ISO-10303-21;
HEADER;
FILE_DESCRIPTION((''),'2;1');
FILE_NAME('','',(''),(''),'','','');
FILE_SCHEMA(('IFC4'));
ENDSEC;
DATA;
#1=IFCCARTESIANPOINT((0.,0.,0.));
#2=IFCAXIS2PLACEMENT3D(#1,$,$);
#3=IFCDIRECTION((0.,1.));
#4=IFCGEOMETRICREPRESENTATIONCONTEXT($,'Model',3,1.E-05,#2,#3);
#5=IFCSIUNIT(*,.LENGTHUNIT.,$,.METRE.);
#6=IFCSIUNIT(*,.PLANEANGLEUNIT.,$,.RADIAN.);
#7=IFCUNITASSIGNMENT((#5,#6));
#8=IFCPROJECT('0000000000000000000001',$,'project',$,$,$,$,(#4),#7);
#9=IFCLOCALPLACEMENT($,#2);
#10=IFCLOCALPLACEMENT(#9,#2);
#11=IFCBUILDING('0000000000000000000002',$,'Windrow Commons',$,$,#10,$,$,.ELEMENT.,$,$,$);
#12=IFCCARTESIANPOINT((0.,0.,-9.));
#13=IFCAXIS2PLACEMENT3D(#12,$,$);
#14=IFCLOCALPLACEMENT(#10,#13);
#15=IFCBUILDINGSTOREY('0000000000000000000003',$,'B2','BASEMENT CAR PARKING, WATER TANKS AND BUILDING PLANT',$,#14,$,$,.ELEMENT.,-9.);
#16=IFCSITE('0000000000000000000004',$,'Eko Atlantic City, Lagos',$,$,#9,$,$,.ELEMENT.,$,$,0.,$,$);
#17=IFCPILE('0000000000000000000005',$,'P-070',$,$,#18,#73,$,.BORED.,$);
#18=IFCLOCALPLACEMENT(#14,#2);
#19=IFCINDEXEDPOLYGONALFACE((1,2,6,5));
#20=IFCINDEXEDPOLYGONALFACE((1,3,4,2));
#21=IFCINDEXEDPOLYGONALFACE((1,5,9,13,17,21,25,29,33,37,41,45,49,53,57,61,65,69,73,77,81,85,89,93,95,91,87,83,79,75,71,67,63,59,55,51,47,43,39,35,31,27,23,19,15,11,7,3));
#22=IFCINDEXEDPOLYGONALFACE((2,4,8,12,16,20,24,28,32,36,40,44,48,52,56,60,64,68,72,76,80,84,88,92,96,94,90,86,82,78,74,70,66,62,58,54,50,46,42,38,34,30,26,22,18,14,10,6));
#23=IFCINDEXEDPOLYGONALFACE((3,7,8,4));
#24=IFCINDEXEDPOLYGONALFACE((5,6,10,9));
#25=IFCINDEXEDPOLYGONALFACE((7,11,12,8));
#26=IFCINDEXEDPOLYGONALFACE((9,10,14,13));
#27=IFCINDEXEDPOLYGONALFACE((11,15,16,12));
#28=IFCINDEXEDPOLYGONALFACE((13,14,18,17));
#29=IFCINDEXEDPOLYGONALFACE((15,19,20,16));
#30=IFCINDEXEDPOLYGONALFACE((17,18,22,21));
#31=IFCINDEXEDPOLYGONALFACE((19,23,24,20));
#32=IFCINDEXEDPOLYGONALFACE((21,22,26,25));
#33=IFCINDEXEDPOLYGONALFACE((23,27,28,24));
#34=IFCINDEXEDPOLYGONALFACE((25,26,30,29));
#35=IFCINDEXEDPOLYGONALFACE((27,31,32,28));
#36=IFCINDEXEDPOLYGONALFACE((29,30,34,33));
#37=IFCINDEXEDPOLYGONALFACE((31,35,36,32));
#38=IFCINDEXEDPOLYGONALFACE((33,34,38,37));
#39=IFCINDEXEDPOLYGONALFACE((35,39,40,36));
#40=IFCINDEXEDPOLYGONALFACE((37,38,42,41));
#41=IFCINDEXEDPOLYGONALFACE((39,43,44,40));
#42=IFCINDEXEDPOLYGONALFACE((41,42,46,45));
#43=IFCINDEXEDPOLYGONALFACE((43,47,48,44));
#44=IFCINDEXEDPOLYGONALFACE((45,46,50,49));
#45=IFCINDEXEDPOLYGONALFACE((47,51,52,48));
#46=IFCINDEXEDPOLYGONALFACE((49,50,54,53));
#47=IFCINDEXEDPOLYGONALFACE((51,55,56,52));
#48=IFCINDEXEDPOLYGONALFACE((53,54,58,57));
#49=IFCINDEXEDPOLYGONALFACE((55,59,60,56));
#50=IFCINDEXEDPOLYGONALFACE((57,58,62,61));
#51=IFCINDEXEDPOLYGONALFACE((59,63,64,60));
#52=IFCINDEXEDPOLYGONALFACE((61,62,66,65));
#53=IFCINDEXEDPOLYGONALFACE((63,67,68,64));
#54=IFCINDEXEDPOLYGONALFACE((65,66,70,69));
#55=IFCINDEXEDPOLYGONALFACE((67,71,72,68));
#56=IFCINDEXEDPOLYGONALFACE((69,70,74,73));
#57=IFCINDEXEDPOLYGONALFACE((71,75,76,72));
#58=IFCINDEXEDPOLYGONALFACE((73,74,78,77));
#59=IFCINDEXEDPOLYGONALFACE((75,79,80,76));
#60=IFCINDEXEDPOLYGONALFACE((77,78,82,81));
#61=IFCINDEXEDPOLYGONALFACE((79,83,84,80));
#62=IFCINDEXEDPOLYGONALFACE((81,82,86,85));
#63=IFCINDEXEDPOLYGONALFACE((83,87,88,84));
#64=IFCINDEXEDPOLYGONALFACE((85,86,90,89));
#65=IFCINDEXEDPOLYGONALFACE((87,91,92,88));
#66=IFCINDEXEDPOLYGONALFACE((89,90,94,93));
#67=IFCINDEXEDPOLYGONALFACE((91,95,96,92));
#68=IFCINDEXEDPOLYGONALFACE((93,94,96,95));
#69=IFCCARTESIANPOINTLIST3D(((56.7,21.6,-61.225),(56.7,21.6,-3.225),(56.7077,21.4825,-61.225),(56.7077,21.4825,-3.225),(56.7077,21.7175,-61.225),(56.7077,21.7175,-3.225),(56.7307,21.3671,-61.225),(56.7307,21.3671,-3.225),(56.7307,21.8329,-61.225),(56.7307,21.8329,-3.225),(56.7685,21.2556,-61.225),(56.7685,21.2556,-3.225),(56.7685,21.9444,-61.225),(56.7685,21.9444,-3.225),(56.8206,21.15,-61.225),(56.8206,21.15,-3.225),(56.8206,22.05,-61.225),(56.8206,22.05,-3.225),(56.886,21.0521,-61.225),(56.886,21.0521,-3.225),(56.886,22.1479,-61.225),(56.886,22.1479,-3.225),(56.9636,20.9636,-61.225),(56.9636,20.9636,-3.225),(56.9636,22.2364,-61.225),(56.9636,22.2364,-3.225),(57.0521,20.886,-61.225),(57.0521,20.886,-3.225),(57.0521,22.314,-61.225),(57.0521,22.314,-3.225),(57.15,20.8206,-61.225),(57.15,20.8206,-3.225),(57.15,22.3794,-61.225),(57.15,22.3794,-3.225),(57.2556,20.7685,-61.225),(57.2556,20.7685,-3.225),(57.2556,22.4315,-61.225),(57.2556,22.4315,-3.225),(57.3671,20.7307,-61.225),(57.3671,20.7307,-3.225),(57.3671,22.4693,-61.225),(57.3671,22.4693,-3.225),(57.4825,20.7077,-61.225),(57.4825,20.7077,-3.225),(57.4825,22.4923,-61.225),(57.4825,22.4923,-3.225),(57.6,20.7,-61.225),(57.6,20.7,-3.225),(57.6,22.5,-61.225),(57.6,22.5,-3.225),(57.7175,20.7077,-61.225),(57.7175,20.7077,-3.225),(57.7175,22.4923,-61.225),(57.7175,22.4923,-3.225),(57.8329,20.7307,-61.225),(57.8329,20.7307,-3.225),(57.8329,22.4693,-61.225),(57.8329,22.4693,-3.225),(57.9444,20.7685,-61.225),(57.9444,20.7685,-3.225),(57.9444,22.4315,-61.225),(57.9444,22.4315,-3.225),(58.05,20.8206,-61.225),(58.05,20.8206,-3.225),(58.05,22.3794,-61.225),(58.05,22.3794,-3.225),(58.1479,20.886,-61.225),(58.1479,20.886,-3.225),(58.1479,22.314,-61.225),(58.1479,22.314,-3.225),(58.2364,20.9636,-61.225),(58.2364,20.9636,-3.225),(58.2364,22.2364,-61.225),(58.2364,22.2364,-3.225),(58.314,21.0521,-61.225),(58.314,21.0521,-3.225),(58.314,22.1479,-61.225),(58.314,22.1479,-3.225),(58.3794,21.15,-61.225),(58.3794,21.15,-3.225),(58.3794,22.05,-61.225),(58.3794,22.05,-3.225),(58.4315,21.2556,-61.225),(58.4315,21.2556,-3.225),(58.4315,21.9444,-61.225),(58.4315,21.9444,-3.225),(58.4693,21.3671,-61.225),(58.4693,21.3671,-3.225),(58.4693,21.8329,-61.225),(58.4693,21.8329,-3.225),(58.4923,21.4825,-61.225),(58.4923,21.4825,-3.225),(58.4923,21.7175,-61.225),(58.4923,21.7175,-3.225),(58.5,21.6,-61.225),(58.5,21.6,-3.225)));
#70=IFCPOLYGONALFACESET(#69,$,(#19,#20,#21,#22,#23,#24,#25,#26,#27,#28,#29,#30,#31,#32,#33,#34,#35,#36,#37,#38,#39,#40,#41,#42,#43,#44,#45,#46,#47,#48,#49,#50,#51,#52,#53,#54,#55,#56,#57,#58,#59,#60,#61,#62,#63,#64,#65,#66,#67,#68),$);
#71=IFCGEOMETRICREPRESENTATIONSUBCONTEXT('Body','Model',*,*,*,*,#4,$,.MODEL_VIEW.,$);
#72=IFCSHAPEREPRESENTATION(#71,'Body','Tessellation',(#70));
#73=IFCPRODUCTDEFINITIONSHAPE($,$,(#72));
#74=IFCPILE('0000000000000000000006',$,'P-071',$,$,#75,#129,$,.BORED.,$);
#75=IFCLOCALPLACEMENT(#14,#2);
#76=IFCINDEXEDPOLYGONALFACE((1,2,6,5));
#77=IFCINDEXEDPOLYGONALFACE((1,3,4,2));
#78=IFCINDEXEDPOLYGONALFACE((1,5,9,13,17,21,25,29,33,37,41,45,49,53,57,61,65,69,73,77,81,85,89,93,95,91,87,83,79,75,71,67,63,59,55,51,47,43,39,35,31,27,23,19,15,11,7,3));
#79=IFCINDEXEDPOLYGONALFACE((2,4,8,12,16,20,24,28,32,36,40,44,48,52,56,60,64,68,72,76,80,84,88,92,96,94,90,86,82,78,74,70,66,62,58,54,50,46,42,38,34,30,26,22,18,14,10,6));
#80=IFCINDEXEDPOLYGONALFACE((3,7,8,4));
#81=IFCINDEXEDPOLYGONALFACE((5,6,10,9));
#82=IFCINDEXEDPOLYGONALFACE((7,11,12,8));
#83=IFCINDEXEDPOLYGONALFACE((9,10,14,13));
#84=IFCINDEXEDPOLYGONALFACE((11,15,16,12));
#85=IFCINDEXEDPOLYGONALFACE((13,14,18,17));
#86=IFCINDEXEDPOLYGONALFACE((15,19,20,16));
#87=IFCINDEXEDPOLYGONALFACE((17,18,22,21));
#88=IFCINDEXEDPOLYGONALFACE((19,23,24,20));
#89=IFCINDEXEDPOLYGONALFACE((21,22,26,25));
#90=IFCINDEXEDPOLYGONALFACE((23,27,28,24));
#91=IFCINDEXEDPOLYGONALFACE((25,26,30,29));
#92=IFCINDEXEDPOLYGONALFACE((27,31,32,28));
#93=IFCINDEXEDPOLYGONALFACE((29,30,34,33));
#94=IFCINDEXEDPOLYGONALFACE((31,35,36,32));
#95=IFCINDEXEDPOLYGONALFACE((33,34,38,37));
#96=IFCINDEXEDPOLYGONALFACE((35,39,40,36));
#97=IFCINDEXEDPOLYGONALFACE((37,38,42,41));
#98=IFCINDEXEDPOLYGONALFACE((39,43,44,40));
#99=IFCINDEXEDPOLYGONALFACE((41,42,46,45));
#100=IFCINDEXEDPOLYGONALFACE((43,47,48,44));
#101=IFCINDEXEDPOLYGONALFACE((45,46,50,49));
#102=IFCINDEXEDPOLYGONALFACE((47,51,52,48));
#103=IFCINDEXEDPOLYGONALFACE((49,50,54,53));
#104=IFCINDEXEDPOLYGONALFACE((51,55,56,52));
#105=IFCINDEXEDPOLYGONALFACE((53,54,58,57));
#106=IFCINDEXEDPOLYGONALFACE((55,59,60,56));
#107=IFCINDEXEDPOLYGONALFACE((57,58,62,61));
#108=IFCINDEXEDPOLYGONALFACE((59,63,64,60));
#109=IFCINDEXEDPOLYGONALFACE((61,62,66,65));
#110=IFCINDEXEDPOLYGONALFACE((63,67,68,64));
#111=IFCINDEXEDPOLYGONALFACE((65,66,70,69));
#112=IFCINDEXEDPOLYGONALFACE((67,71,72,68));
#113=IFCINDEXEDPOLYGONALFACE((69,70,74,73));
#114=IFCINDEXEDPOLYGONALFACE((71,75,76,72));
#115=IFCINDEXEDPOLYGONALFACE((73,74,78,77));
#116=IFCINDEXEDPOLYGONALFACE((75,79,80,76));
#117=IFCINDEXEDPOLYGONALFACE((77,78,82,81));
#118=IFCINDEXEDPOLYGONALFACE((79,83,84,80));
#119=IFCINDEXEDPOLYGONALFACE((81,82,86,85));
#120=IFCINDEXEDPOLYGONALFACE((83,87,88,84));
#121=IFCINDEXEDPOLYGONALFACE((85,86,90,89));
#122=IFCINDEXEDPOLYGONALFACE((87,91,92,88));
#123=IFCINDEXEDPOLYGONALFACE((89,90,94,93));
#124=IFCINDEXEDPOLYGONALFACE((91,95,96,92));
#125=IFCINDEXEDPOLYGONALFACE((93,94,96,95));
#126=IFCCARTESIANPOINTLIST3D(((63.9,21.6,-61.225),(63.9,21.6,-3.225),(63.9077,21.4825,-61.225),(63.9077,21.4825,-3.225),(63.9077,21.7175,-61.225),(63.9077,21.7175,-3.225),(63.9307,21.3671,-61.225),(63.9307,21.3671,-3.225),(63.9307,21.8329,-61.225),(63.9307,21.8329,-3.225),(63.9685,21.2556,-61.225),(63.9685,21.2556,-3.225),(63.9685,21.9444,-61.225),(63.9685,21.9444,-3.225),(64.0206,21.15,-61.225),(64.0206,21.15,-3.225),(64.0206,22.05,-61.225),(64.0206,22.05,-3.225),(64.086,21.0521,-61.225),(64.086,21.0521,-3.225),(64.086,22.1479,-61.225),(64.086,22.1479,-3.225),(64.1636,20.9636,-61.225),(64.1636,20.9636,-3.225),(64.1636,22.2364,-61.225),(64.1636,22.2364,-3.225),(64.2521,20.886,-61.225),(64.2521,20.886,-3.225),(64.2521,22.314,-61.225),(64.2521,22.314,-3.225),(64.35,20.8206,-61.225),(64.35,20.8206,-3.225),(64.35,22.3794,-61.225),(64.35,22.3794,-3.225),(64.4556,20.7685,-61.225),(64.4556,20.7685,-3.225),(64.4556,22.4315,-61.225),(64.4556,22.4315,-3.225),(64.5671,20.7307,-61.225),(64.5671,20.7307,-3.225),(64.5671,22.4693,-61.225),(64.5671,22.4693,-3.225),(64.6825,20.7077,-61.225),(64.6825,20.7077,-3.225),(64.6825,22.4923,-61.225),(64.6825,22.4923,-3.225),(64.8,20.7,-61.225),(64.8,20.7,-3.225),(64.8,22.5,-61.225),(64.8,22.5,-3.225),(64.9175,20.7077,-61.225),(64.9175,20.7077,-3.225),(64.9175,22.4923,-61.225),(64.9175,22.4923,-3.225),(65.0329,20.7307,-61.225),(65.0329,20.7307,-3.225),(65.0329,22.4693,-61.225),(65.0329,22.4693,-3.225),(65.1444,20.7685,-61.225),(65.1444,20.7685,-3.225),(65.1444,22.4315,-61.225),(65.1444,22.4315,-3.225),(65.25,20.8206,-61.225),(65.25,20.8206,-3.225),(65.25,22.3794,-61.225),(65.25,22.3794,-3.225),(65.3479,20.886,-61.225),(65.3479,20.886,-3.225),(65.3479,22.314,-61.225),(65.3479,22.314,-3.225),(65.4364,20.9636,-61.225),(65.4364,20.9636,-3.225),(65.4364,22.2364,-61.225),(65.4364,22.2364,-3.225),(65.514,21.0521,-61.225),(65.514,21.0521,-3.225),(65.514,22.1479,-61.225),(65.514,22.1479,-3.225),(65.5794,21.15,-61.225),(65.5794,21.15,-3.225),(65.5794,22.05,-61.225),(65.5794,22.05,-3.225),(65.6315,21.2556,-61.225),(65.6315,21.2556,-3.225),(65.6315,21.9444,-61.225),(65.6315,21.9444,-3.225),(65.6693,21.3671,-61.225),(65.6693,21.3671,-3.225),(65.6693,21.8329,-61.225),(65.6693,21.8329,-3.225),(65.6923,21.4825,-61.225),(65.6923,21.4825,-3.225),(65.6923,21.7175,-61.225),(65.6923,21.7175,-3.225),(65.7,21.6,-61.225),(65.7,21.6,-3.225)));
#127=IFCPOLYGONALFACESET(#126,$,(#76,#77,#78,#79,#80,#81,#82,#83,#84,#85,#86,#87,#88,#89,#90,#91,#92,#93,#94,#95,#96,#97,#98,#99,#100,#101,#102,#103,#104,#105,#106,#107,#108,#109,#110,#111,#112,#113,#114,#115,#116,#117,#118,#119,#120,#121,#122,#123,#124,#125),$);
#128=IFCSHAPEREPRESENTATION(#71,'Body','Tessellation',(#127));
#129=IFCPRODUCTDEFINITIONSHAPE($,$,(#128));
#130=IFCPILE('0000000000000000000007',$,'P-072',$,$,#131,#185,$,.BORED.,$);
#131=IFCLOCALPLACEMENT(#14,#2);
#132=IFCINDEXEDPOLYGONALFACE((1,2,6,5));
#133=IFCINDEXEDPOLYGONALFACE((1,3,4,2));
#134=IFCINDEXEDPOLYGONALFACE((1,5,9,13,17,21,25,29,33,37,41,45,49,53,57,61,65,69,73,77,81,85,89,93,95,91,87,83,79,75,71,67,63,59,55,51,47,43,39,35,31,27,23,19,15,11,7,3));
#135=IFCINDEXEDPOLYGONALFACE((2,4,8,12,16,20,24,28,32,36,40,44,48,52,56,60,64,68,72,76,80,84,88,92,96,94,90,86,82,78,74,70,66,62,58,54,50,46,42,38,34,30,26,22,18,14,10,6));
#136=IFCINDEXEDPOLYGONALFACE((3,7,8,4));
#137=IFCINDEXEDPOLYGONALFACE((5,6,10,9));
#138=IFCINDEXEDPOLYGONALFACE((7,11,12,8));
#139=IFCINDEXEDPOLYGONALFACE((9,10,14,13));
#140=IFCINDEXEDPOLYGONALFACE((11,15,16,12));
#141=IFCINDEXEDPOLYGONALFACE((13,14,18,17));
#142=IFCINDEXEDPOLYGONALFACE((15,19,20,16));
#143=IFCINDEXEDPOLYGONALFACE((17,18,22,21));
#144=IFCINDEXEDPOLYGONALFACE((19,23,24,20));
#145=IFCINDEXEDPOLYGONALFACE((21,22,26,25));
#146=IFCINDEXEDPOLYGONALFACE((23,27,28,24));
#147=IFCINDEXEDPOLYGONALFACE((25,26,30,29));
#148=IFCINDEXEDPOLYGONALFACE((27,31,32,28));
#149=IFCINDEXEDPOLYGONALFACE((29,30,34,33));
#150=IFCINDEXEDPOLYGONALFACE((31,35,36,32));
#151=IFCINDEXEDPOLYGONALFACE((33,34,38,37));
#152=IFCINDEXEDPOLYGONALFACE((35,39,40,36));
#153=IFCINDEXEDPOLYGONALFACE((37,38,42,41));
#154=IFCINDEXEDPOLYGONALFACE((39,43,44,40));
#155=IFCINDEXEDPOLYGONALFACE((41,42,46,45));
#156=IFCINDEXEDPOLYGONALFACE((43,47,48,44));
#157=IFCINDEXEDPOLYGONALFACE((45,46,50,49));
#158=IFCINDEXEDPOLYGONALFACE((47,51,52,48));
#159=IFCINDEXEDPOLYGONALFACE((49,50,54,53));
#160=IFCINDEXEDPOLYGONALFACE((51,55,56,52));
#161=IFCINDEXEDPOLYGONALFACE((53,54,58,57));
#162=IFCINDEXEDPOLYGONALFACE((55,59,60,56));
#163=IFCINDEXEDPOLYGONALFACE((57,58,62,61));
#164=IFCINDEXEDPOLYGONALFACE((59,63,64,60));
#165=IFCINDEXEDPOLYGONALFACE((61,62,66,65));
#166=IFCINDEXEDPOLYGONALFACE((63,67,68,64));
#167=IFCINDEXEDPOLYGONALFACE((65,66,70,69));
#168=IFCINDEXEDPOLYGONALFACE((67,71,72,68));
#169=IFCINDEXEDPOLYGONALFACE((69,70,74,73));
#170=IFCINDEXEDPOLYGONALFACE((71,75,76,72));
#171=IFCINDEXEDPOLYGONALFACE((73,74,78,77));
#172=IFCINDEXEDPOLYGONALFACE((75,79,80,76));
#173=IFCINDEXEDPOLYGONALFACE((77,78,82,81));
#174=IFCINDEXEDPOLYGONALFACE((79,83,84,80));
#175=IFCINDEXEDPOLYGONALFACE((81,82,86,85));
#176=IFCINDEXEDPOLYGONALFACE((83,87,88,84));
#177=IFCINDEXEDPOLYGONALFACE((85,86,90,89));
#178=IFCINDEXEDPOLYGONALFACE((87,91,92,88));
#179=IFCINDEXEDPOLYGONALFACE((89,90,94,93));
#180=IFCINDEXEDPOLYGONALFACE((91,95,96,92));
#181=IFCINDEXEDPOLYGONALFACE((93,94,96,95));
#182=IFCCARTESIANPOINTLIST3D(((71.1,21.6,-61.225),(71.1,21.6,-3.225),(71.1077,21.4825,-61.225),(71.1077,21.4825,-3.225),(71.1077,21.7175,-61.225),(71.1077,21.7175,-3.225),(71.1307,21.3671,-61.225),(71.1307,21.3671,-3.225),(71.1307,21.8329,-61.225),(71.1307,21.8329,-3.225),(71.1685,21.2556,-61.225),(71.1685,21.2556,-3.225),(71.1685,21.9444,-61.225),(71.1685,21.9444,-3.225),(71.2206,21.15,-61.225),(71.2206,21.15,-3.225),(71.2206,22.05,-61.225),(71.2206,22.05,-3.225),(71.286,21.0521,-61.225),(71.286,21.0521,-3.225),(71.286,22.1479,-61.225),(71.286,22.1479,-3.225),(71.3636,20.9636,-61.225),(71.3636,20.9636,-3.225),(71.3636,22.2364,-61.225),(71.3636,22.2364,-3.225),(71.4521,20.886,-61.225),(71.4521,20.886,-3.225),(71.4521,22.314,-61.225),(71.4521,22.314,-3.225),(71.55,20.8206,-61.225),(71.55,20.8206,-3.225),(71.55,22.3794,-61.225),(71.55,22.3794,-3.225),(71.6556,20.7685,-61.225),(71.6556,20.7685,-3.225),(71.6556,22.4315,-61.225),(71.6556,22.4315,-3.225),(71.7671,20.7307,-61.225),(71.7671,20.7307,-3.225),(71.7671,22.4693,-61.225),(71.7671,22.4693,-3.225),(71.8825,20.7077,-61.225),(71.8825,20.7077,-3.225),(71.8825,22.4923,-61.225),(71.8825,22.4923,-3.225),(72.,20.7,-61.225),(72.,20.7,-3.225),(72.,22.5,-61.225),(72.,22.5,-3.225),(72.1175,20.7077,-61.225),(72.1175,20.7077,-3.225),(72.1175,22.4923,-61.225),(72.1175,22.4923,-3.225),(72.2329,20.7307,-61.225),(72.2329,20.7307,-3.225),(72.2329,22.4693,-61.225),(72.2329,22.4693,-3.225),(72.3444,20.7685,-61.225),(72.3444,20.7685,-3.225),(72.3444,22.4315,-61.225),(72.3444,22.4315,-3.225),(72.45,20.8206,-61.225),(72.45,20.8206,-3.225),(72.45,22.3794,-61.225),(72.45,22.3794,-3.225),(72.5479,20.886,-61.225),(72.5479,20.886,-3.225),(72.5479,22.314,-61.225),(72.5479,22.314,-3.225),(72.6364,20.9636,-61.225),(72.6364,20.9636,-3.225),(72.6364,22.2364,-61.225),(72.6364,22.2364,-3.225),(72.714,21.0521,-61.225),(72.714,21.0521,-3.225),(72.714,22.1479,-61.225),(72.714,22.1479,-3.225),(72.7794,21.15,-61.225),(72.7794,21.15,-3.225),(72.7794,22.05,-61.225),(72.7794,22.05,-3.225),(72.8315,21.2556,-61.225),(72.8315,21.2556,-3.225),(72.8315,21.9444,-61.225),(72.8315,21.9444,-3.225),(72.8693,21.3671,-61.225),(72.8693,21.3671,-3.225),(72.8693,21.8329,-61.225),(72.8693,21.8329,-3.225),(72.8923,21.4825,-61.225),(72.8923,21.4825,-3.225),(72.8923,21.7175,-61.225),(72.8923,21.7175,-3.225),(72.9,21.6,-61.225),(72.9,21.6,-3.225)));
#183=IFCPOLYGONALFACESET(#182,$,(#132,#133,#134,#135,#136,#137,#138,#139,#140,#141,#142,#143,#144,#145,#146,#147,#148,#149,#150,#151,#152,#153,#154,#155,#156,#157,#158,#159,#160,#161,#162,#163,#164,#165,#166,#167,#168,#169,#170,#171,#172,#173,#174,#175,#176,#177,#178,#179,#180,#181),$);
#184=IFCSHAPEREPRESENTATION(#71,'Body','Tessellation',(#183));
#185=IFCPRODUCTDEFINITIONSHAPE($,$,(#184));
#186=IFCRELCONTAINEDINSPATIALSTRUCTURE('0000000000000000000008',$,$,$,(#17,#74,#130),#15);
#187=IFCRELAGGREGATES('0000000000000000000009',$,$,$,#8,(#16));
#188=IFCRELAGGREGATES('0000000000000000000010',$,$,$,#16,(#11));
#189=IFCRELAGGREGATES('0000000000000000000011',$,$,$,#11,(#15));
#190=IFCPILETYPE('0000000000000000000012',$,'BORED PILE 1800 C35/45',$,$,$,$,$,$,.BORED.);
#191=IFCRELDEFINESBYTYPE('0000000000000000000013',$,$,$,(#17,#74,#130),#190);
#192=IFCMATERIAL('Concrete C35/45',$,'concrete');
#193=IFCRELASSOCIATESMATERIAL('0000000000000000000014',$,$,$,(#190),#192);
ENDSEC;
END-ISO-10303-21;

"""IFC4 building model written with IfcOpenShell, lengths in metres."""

from ifc_helpers import new_model, si_unit, direction, frame, origin, origin_2d, place, context, subcontext, project, spatial, circle, extrude, material, material_profile, profile_set, type_object, element, save


model = new_model("IFC4")

# Units and contexts
model_context = context("Model", 3, precision=1e-05, world=origin(), true_north=direction((0.0, 1.0)))
body_context = subcontext(model_context, "Body", "Model", "MODEL_VIEW")
ifc_project = project(units=[si_unit("LENGTHUNIT", "METRE"), si_unit("PLANEANGLEUNIT", "RADIAN")], contexts=[model_context])

# Site, building, storey
site_placement = place(None, origin())
site = spatial("IfcSite", under=ifc_project, at=site_placement, Name="Eko Atlantic City, Lagos", CompositionType="ELEMENT", RefElevation=0.0)
building_placement = place(site_placement, origin())
building = spatial("IfcBuilding", under=site, at=building_placement, Name="Windrow Commons", CompositionType="ELEMENT")
storey_placement = place(building_placement, frame((0.0, 0.0, -9.0)))
storey = spatial("IfcBuildingStorey", under=building, at=storey_placement, Name="B2", Description="BASEMENT CAR PARKING, WATER TANKS AND BUILDING PLANT", CompositionType="ELEMENT", Elevation=-9.0)

# Piles
ifc_material_1 = material(Name="Concrete C35/45", Category="concrete")
ifc_material_profile_1 = material_profile(ifc_material_1, circle(Radius=0.9, at=origin_2d()))
ifc_profile_set_1 = profile_set([ifc_material_profile_1], Name="Concrete C35/45")
pile_type = type_object("IfcPileType", Name="BORED PILE 1800 C35/45", PredefinedType="BORED", material=ifc_profile_set_1)
for number, where, z_axis, x_axis, name in (
    (1, (57.6, 21.6, -3.225), (0.0, 0.0, -1.0), (1.0, 0.0, 0.0), "P-070"),
    (2, (64.8, 21.6, -3.225), (0.0, 0.0, -1.0), (1.0, 0.0, 0.0), "P-071"),
    (3, (72.0, 21.6, -3.225), (0.0, 0.0, -1.0), (1.0, 0.0, 0.0), "P-072"),
):
    element("IfcPile", number, at=place(storey_placement, frame(where, z_axis=z_axis, x_axis=x_axis)), inside=storey, type_object=pile_type, Name=name, PredefinedType="BORED", context=body_context, shape_type="SweptSolid", body=[
        extrude(circle(Radius=0.9, at=origin_2d()), origin(), (0.0, 0.0, 1.0), 58.0),
    ])

save(model, "model.ifc")
